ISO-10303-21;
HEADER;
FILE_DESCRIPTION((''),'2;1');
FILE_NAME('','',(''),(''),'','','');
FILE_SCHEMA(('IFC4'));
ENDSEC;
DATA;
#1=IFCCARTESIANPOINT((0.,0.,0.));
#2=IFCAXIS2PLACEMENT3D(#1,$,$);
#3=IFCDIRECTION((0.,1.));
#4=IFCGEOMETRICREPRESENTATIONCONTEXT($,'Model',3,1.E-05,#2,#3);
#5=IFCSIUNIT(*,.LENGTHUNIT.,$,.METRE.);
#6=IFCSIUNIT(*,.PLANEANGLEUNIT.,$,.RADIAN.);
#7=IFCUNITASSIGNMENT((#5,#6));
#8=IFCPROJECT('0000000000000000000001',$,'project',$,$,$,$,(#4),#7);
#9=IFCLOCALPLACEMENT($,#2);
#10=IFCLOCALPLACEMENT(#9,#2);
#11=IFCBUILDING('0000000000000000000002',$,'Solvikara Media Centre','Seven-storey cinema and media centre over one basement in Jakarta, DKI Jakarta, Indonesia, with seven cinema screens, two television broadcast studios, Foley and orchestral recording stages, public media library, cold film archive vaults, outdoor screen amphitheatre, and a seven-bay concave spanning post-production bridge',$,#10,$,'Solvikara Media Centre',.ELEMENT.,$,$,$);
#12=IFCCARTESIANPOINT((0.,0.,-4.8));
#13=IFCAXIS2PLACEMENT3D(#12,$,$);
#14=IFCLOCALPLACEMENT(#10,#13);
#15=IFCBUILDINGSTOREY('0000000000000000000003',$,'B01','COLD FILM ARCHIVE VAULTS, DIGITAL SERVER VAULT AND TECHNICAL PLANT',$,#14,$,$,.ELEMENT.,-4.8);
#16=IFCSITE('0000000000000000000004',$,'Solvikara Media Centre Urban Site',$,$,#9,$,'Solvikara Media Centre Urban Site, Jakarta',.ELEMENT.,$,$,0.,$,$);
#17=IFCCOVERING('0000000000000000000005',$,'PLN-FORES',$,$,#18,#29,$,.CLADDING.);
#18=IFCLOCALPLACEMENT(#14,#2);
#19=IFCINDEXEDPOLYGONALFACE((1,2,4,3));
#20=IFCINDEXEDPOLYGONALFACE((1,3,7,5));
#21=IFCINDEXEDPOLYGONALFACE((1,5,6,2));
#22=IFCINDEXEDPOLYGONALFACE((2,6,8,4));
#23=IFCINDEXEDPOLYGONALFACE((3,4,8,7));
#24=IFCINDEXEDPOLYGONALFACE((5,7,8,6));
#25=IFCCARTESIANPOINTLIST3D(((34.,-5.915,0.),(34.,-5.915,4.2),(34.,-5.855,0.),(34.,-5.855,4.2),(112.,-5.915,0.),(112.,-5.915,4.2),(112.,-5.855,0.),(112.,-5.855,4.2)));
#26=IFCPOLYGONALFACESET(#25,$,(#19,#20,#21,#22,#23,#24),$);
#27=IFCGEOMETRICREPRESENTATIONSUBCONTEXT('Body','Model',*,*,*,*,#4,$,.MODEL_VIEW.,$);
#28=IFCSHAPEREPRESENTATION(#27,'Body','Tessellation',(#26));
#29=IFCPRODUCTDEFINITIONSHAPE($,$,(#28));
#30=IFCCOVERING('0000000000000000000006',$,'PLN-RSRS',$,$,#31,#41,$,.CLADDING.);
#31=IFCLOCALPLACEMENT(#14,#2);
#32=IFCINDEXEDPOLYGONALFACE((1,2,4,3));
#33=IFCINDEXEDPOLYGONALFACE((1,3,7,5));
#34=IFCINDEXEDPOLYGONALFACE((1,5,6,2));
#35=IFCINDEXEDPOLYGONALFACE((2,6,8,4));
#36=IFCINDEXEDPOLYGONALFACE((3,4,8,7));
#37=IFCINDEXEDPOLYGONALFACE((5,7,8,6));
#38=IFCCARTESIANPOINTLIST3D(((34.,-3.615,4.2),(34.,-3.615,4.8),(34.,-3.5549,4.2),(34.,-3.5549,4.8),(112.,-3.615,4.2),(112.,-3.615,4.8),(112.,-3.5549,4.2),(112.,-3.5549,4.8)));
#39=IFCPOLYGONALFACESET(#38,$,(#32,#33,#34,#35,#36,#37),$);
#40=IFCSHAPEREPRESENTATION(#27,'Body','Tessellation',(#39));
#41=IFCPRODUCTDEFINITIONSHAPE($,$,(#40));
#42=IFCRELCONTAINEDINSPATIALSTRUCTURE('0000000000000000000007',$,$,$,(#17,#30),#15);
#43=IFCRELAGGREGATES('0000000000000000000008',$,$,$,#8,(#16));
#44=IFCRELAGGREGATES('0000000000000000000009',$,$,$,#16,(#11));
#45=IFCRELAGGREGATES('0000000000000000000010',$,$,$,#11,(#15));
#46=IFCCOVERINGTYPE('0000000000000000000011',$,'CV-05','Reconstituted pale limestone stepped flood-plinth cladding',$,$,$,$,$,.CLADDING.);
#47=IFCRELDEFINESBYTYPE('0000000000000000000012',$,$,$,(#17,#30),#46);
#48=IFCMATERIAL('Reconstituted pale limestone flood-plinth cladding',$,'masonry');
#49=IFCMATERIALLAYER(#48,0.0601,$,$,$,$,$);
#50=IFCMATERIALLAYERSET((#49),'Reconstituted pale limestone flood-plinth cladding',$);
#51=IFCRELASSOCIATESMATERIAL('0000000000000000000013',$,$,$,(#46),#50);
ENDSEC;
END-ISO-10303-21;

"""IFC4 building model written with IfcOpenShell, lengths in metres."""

from ifc_helpers import new_model, si_unit, direction, frame, origin, origin_2d, place, context, subcontext, project, spatial, rectangle, extrude, material, layer, layer_set, type_object, element, save


model = new_model("IFC4")

# Units and contexts
model_context = context("Model", 3, precision=1e-05, world=origin(), true_north=direction((0.0, 1.0)))
body_context = subcontext(model_context, "Body", "Model", "MODEL_VIEW")
ifc_project = project(units=[si_unit("LENGTHUNIT", "METRE"), si_unit("PLANEANGLEUNIT", "RADIAN")], contexts=[model_context])

# Site, building, storey
site_placement = place(None, origin())
site = spatial("IfcSite", under=ifc_project, at=site_placement, Name="Solvikara Media Centre Urban Site", LongName="Solvikara Media Centre Urban Site, Jakarta", CompositionType="ELEMENT", RefElevation=0.0)
building_placement = place(site_placement, origin())
building = spatial("IfcBuilding", under=site, at=building_placement, Name="Solvikara Media Centre", Description="Seven-storey cinema and media centre over one basement in Jakarta, DKI Jakarta, Indonesia, with seven cinema screens, two television broadcast studios, Foley and orchestral recording stages, public media library, cold film archive vaults, outdoor screen amphitheatre, and a seven-bay concave spanning post-production bridge", LongName="Solvikara Media Centre", CompositionType="ELEMENT")
storey_placement = place(building_placement, frame((0.0, 0.0, -4.8)))
storey = spatial("IfcBuildingStorey", under=building, at=storey_placement, Name="B01", Description="COLD FILM ARCHIVE VAULTS, DIGITAL SERVER VAULT AND TECHNICAL PLANT", CompositionType="ELEMENT", Elevation=-4.8)

# Coverings
ifc_material_1 = material(Name="Reconstituted pale limestone flood-plinth cladding", Category="masonry")
ifc_layer_1 = layer(ifc_material_1, 0.0601)
ifc_layer_set_1 = layer_set([ifc_layer_1], Name="Reconstituted pale limestone flood-plinth cladding")
covering_type = type_object("IfcCoveringType", Name="CV-05", Description="Reconstituted pale limestone stepped flood-plinth cladding", PredefinedType="CLADDING", material=ifc_layer_set_1)
covering_1_placement = place(storey_placement, frame((73.0, -5.885, 0.0), z_axis=(0.0, 0.0, 1.0), x_axis=(1.0, 0.0, 0.0)))
element("IfcCovering", 1, at=covering_1_placement, inside=storey, type_object=covering_type, Name="PLN-FORES", PredefinedType="CLADDING", context=body_context, shape_type="SweptSolid", body=[
    extrude(rectangle(XDim=78.0, YDim=0.0601, at=origin_2d()), origin(), (0.0, 0.0, 1.0), 4.2),
])
covering_2_placement = place(storey_placement, frame((73.0, -3.585, 4.2), z_axis=(0.0, 0.0, 1.0), x_axis=(1.0, 0.0, 0.0)))
element("IfcCovering", 2, at=covering_2_placement, inside=storey, type_object=covering_type, Name="PLN-RSRS", PredefinedType="CLADDING", context=body_context, shape_type="SweptSolid", body=[
    extrude(rectangle(XDim=78.0, YDim=0.0601, at=origin_2d()), origin(), (0.0, 0.0, 1.0), 0.6001),
])

save(model, "model.ifc")
